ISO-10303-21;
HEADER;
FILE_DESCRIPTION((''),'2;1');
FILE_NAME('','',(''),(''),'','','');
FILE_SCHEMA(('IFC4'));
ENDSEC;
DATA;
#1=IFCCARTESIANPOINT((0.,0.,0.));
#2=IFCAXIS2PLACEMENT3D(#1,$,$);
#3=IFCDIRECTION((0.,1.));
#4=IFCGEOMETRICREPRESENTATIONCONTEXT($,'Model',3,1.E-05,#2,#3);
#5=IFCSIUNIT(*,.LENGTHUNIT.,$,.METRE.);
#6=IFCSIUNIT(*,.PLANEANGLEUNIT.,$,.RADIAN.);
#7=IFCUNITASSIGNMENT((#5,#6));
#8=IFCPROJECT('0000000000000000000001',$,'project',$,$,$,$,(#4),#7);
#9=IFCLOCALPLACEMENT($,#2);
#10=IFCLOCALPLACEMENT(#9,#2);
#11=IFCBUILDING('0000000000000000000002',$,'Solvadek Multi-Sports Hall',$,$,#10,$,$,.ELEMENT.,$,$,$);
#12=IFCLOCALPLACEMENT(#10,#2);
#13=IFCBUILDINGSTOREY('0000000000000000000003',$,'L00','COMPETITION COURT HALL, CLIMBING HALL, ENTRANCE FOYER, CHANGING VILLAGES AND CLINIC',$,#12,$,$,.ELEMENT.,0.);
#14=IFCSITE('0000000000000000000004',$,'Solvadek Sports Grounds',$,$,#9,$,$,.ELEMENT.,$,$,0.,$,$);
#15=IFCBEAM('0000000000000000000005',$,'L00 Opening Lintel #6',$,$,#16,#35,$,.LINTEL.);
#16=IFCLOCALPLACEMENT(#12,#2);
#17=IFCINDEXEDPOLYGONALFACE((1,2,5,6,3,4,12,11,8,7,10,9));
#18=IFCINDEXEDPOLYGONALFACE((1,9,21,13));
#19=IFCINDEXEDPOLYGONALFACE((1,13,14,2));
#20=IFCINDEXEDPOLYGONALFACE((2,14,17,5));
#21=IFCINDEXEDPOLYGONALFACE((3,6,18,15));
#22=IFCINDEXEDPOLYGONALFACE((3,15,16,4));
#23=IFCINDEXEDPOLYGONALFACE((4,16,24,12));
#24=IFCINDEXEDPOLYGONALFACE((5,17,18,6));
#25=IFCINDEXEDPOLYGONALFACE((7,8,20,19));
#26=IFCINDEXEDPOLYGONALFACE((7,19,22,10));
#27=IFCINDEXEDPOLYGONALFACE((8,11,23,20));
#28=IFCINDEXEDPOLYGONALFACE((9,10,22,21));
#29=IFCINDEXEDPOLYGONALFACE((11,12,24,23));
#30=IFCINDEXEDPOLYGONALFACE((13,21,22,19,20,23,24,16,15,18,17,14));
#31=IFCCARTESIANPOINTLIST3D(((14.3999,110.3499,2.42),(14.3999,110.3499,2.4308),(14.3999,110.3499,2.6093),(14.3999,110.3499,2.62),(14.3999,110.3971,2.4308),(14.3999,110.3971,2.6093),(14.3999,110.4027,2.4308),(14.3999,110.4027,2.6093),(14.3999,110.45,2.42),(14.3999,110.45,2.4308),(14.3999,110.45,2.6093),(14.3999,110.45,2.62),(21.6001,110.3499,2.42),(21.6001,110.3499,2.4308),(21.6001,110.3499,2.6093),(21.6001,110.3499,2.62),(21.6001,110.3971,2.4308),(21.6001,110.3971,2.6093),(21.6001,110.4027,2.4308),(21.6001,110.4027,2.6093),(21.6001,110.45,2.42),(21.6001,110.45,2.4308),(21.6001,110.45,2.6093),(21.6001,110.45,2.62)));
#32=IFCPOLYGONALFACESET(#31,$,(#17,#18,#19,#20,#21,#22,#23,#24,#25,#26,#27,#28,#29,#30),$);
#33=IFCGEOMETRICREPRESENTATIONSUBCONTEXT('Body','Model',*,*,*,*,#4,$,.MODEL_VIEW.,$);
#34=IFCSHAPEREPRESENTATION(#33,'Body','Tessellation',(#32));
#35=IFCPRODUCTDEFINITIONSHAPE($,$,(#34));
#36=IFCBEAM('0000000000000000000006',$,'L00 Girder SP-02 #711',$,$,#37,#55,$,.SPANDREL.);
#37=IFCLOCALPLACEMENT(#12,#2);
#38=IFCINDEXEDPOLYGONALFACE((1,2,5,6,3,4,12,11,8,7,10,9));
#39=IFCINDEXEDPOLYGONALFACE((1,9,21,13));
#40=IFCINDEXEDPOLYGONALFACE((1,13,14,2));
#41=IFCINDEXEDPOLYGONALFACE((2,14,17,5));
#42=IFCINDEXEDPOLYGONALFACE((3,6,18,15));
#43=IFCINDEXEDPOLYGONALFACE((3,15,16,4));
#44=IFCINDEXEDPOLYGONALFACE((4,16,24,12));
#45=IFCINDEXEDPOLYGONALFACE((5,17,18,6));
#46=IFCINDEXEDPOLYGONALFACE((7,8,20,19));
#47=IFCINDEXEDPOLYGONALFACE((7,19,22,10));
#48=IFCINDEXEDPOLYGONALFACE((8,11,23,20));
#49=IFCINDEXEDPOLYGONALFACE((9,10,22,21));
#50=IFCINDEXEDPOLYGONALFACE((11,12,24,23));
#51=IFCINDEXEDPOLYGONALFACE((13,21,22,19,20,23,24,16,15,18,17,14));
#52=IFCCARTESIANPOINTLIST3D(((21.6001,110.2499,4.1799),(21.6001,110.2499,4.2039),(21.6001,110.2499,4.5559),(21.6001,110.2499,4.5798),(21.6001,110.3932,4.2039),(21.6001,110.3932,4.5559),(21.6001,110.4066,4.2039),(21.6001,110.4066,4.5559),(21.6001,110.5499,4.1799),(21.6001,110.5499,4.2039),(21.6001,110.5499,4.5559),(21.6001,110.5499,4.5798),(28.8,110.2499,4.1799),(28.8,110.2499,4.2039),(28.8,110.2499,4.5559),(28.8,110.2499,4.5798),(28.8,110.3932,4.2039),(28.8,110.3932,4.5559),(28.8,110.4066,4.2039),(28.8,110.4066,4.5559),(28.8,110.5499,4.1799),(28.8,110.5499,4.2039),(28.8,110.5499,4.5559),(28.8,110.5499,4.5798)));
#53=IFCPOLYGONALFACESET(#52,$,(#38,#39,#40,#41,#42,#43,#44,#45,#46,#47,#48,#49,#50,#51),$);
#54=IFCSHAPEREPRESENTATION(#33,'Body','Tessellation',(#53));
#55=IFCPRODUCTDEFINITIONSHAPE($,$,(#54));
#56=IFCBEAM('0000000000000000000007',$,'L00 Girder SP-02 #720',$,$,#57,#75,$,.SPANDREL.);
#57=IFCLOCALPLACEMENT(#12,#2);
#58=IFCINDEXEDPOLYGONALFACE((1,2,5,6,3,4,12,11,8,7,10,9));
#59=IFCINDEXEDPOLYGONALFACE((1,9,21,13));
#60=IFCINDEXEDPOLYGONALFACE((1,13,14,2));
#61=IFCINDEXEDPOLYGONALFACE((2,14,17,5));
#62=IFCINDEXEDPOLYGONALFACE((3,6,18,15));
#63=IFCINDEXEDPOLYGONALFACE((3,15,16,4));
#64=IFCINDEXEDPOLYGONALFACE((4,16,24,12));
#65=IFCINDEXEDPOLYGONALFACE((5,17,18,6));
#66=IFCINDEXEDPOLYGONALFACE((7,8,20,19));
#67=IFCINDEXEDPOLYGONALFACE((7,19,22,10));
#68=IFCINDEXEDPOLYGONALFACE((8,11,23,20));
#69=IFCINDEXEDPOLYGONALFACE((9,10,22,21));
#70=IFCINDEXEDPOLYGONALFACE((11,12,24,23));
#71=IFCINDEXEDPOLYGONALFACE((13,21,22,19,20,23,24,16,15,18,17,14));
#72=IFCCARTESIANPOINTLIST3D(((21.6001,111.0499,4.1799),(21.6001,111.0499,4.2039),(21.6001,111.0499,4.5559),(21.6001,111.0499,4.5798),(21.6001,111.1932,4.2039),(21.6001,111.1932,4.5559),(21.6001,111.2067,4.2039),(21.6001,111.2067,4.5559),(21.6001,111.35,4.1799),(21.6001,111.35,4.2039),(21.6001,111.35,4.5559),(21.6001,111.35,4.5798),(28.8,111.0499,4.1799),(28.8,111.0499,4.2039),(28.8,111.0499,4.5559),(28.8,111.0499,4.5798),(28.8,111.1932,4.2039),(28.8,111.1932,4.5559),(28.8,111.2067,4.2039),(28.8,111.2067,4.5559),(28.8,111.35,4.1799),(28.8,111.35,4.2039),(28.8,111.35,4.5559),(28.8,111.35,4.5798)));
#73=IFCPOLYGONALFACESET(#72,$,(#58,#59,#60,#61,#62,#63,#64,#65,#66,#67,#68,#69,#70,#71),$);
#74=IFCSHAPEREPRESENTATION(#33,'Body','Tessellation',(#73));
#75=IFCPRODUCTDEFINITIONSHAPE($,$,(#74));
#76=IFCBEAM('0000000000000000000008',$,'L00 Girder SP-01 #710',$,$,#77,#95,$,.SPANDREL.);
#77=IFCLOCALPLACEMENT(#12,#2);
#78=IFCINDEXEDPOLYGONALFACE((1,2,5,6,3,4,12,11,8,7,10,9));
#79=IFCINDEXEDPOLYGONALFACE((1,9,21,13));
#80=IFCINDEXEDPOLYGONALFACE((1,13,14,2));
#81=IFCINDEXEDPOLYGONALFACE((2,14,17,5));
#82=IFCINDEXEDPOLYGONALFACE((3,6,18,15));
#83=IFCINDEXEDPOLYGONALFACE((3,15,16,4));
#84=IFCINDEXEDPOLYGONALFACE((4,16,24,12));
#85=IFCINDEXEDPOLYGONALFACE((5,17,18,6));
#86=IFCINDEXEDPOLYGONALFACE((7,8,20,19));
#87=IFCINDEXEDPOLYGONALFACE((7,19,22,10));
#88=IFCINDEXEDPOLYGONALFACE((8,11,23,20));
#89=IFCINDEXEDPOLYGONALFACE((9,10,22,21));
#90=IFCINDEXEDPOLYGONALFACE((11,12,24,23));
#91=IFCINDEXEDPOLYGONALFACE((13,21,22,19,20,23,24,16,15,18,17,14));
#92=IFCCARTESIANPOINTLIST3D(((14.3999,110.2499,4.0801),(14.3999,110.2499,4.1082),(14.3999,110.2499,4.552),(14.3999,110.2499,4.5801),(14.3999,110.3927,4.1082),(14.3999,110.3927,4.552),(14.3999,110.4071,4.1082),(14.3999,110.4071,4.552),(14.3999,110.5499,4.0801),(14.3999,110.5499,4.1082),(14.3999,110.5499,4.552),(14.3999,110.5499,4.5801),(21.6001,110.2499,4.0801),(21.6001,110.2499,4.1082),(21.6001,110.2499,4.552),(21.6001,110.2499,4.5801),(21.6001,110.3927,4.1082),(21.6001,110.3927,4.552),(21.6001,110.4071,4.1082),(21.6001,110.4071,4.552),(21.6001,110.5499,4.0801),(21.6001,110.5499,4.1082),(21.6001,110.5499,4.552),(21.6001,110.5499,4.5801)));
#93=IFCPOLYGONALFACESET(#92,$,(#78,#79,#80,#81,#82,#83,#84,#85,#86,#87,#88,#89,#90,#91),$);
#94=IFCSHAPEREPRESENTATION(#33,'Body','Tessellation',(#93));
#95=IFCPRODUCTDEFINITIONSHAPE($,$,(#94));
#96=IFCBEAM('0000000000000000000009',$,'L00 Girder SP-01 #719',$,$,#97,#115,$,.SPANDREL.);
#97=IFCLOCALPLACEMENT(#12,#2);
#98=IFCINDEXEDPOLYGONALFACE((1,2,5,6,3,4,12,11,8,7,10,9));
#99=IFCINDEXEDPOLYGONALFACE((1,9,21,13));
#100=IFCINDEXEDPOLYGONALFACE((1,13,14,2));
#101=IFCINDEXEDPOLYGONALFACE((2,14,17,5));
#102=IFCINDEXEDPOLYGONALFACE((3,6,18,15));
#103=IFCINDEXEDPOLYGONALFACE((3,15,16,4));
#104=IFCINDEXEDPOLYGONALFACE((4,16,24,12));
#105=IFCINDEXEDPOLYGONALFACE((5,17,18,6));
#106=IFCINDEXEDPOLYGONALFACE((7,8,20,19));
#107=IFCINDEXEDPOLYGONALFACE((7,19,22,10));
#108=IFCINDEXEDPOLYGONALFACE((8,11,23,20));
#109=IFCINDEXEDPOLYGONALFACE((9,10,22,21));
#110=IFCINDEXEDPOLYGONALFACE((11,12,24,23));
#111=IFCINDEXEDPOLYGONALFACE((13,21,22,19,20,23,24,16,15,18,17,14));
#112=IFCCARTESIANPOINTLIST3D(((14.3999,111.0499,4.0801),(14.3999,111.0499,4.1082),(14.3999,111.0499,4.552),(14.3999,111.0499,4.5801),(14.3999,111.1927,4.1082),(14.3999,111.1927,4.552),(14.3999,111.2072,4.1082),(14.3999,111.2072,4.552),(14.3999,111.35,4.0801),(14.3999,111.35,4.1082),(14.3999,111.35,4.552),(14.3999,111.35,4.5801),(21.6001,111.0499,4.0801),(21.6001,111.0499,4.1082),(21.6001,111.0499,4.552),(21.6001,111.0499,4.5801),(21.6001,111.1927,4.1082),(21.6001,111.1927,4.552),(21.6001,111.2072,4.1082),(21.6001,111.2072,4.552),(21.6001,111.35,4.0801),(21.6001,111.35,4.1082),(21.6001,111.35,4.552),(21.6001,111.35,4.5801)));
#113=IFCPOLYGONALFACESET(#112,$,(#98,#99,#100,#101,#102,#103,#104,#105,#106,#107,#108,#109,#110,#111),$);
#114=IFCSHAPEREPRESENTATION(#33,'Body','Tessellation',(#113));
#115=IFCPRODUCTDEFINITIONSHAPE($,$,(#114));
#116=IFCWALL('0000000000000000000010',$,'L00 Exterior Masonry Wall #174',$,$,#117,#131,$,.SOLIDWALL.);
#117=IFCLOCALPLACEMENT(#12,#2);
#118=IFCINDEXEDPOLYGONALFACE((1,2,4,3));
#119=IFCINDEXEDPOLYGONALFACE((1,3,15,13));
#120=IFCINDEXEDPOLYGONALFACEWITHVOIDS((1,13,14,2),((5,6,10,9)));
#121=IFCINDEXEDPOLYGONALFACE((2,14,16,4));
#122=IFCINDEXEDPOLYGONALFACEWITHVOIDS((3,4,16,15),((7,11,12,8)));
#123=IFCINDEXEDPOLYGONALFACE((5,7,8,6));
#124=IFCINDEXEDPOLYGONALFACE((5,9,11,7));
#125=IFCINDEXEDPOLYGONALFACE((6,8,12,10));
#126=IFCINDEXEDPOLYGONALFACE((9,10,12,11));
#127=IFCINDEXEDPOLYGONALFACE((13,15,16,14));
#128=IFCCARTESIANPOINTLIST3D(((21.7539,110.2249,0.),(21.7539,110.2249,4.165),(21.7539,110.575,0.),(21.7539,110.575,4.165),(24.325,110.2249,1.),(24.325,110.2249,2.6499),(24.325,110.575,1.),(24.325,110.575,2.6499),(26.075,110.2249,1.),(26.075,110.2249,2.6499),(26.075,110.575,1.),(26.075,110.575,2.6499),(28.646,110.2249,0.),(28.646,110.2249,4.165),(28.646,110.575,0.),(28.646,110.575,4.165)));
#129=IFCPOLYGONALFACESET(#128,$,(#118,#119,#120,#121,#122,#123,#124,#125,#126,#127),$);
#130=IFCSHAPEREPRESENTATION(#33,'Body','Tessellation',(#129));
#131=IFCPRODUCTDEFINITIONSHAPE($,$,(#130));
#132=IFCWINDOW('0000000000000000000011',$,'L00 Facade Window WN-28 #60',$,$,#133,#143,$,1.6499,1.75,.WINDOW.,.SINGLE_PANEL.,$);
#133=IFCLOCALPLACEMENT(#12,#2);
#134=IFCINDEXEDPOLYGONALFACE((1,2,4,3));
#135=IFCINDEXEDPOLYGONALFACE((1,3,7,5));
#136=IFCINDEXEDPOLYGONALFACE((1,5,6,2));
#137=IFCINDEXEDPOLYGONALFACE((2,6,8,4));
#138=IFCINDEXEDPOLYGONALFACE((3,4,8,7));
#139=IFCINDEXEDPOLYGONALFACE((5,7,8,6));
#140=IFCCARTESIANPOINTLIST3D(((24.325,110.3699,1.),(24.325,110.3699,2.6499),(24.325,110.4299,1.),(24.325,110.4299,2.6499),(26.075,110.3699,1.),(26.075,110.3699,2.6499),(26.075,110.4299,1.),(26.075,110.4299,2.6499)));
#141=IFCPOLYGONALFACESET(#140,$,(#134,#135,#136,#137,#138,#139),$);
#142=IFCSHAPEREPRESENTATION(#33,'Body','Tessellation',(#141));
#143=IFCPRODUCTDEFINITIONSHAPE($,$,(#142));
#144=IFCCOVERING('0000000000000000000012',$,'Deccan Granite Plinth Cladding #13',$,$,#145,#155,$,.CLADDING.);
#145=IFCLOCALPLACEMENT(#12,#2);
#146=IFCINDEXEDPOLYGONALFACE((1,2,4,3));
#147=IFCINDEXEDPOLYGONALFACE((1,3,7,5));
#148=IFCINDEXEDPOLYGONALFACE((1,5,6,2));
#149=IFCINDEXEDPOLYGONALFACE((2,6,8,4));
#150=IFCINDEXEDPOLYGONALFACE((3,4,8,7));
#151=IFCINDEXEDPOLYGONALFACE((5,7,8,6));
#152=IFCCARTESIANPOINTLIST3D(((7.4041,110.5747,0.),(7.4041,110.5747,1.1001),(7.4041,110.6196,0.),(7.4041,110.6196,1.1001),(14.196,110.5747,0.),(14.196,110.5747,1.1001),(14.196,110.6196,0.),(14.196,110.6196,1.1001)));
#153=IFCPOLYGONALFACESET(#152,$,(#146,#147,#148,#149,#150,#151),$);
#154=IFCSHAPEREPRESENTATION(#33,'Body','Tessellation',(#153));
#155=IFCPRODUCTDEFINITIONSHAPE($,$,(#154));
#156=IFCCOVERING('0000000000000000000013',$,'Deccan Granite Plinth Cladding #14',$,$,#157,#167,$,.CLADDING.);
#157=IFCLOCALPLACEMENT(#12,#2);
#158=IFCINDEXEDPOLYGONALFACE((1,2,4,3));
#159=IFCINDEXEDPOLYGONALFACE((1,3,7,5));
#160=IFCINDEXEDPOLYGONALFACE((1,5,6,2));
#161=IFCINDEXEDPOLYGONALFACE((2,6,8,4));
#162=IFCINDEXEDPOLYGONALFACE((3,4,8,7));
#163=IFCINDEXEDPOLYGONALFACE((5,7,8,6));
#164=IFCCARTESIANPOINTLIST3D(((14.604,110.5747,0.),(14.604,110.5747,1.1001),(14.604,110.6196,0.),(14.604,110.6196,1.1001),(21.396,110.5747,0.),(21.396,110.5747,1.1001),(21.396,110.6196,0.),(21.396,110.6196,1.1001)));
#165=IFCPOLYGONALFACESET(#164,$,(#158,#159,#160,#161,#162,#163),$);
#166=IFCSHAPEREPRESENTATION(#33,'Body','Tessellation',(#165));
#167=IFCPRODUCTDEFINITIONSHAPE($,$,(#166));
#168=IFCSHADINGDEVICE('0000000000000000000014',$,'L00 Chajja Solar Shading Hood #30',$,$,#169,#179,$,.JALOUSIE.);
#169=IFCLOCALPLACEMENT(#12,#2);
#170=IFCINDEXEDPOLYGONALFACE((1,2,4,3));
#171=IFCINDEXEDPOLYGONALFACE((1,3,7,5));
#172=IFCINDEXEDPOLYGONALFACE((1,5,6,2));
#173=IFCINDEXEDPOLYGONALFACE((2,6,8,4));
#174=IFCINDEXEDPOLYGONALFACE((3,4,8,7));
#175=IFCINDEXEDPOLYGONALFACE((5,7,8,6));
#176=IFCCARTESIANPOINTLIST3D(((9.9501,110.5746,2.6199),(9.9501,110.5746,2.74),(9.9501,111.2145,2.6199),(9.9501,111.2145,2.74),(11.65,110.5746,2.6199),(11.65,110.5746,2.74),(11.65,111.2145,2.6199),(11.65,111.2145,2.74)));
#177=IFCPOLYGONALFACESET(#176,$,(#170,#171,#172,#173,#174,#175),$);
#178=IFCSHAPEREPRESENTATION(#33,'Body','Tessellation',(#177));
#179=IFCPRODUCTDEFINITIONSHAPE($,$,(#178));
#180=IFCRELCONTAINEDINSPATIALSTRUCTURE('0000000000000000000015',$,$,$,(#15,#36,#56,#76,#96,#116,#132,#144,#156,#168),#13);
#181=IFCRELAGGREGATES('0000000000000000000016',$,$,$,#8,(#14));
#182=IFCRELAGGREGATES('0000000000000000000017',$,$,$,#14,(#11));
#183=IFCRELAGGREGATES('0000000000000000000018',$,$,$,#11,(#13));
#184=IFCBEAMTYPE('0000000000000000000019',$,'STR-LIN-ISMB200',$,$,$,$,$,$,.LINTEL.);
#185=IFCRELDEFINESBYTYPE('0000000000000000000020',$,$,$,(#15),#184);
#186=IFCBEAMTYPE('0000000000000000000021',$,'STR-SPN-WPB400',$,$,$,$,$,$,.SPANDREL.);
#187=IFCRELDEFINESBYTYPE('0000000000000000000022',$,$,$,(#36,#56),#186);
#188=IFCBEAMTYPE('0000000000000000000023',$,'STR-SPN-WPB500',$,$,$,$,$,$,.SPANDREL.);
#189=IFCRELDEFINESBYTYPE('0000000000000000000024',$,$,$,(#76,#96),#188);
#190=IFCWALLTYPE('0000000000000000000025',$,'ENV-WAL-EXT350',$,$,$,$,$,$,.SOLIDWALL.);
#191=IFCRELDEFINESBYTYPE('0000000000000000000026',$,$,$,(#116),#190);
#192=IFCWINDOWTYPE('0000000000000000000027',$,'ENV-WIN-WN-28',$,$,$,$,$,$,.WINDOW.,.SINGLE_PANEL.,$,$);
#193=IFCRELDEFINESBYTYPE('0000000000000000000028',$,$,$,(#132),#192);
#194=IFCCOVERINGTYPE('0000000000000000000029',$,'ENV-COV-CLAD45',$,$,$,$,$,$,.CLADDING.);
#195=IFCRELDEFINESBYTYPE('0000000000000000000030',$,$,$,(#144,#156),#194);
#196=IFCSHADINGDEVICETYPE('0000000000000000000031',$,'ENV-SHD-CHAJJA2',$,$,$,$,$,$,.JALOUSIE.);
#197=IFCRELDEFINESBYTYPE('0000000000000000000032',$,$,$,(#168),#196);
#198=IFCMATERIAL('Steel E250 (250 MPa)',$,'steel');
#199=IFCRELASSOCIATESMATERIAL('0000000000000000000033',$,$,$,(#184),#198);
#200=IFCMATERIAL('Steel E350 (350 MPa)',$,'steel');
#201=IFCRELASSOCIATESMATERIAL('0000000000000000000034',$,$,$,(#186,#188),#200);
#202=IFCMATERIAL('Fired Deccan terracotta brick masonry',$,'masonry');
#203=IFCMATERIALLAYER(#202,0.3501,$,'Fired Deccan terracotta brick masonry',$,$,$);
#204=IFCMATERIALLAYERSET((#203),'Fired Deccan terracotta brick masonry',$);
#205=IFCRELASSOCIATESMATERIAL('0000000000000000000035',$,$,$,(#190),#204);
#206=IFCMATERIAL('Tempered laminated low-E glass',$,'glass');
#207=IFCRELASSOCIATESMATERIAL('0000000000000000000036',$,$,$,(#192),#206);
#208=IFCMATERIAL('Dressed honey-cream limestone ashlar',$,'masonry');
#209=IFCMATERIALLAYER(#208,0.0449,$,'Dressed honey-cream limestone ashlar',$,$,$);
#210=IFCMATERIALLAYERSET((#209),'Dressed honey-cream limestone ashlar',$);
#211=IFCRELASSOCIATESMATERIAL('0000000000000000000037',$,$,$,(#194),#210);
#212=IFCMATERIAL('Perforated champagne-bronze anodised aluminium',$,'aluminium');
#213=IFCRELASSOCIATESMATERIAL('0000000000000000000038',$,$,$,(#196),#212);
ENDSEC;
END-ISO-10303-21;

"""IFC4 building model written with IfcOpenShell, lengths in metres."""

from ifc_helpers import new_model, si_unit, direction, frame, frame_2d, origin, origin_2d, place, context, subcontext, project, spatial, rectangle, i_section, extrude, material, layer, layer_set, material_profile, profile_set, type_object, element, fill, save


model = new_model("IFC4")

# Units and contexts
model_context = context("Model", 3, precision=1e-05, world=origin(), true_north=direction((0.0, 1.0)))
body_context = subcontext(model_context, "Body", "Model", "MODEL_VIEW")
ifc_project = project(units=[si_unit("LENGTHUNIT", "METRE"), si_unit("PLANEANGLEUNIT", "RADIAN")], contexts=[model_context])

# Site, building, storey
site_placement = place(None, origin())
site = spatial("IfcSite", under=ifc_project, at=site_placement, Name="Solvadek Sports Grounds", CompositionType="ELEMENT", RefElevation=0.0)
building_placement = place(site_placement, origin())
building = spatial("IfcBuilding", under=site, at=building_placement, Name="Solvadek Multi-Sports Hall", CompositionType="ELEMENT")
storey_placement = place(building_placement, origin())
storey = spatial("IfcBuildingStorey", under=building, at=storey_placement, Name="L00", Description="COMPETITION COURT HALL, CLIMBING HALL, ENTRANCE FOYER, CHANGING VILLAGES AND CLINIC", CompositionType="ELEMENT", Elevation=0.0)

# Shared definitions
ifc_material_1 = material(Name="Steel E350 (350 MPa)", Category="steel")

# Beams
ifc_material_2 = material(Name="Steel E250 (250 MPa)", Category="steel")
ifc_material_profile_1 = material_profile(ifc_material_2, i_section(OverallWidth=0.1001, OverallDepth=0.2, WebThickness=0.0056, FlangeThickness=0.0107, at=origin_2d()), Name="ISMB 200")
ifc_profile_set_1 = profile_set([ifc_material_profile_1], Name="Steel E250 (250 MPa)")
beam_type_1 = type_object("IfcBeamType", Name="STR-LIN-ISMB200", PredefinedType="LINTEL", material=ifc_profile_set_1)
beam_1_placement = place(storey_placement, frame((14.3999, 110.3999, 2.52), z_axis=(1.0, 0.0, 0.0), x_axis=(0.0, 1.0, 0.0)))
element("IfcBeam", 1, at=beam_1_placement, inside=storey, type_object=beam_type_1, Name="L00 Opening Lintel #6", PredefinedType="LINTEL", context=body_context, shape_type="SweptSolid", body=[
    extrude(i_section(OverallWidth=0.1001, OverallDepth=0.2, WebThickness=0.0056, FlangeThickness=0.0107, at=origin_2d()), origin(), (0.0, 0.0, 1.0), 7.2002),
])
ifc_material_profile_2 = material_profile(ifc_material_1, i_section(OverallWidth=0.3, OverallDepth=0.3999, WebThickness=0.0134, FlangeThickness=0.0239, at=origin_2d()), Name="WPB 400")
ifc_profile_set_2 = profile_set([ifc_material_profile_2], Name="Steel E350 (350 MPa)")
beam_type_2 = type_object("IfcBeamType", Name="STR-SPN-WPB400", PredefinedType="SPANDREL", material=ifc_profile_set_2)
for number, where, z_axis, x_axis, name in (
    (2, (21.6001, 110.3999, 4.3799), (1.0, 0.0, 0.0), (0.0, 1.0, 0.0), "L00 Girder SP-02 #711"),
    (3, (21.6001, 111.2, 4.3799), (1.0, 0.0, 0.0), (0.0, 1.0, 0.0), "L00 Girder SP-02 #720"),
):
    element("IfcBeam", number, at=place(storey_placement, frame(where, z_axis=z_axis, x_axis=x_axis)), inside=storey, type_object=beam_type_2, Name=name, PredefinedType="SPANDREL", context=body_context, shape_type="SweptSolid", body=[
        extrude(i_section(OverallWidth=0.3, OverallDepth=0.3999, WebThickness=0.0134, FlangeThickness=0.0239, at=origin_2d()), origin(), (0.0, 0.0, 1.0), 7.2),
    ])
ifc_material_profile_3 = material_profile(ifc_material_1, i_section(OverallWidth=0.3, OverallDepth=0.5, WebThickness=0.0144, FlangeThickness=0.0281, at=origin_2d()), Name="WPB 500")
ifc_profile_set_3 = profile_set([ifc_material_profile_3], Name="Steel E350 (350 MPa)")
beam_type_3 = type_object("IfcBeamType", Name="STR-SPN-WPB500", PredefinedType="SPANDREL", material=ifc_profile_set_3)
for number, where, z_axis, x_axis, name in (
    (4, (14.3999, 110.3999, 4.3301), (1.0, 0.0, 0.0), (0.0, 1.0, 0.0), "L00 Girder SP-01 #710"),
    (5, (14.3999, 111.2, 4.3301), (1.0, 0.0, 0.0), (0.0, 1.0, 0.0), "L00 Girder SP-01 #719"),
):
    element("IfcBeam", number, at=place(storey_placement, frame(where, z_axis=z_axis, x_axis=x_axis)), inside=storey, type_object=beam_type_3, Name=name, PredefinedType="SPANDREL", context=body_context, shape_type="SweptSolid", body=[
        extrude(i_section(OverallWidth=0.3, OverallDepth=0.5, WebThickness=0.0144, FlangeThickness=0.0281, at=origin_2d()), origin(), (0.0, 0.0, 1.0), 7.2002),
    ])

# Shared definitions
ifc_material_3 = material(Name="Fired Deccan terracotta brick masonry", Category="masonry")
ifc_layer_1 = layer(ifc_material_3, 0.3501, Name="Fired Deccan terracotta brick masonry")
ifc_layer_set_1 = layer_set([ifc_layer_1], Name="Fired Deccan terracotta brick masonry")
wall_type = type_object("IfcWallType", Name="ENV-WAL-EXT350", PredefinedType="SOLIDWALL", material=ifc_layer_set_1)

# Wall, opening, window
wall_1_placement = place(storey_placement, frame((21.7539, 110.3999, 0.0), z_axis=(0.0, 0.0, 1.0), x_axis=(1.0, 0.0, 0.0)))
wall_1 = element("IfcWall", 6, at=wall_1_placement, inside=storey, type_object=wall_type, Name="L00 Exterior Masonry Wall #174", PredefinedType="SOLIDWALL", context=body_context, shape_type="SweptSolid", body=[
    extrude(rectangle(XDim=6.8921, YDim=0.3501, at=frame_2d((3.446, 0.0))), origin(), (0.0, 0.0, 1.0), 4.165),
])
opening_1_placement = place(wall_1_placement, frame((2.571, 0.0, 1.0)))
opening_1 = element("IfcOpeningElement", 7, at=opening_1_placement, cuts=wall_1, PredefinedType="OPENING", context=body_context, shape_type="SweptSolid", body=[
    extrude(rectangle(XDim=1.75, YDim=1.6499, at=frame_2d((0.875, 0.825))), frame((0.0, 0.1851, 0.0), z_axis=(0.0, -1.0, 0.0), x_axis=(1.0, 0.0, 0.0)), (0.0, 0.0, 1.0), 0.3701),
])
ifc_material_4 = material(Name="Tempered laminated low-E glass", Category="glass")
window_type = type_object("IfcWindowType", Name="ENV-WIN-WN-28", PartitioningType="SINGLE_PANEL", PredefinedType="WINDOW", material=ifc_material_4)
window_placement = place(opening_1_placement, origin())
window = element("IfcWindow", 8, at=window_placement, inside=storey, type_object=window_type, Name="L00 Facade Window WN-28 #60", OverallHeight=1.6499, OverallWidth=1.75, PartitioningType="SINGLE_PANEL", PredefinedType="WINDOW", context=body_context, shape_type="SweptSolid", body=[
    extrude(rectangle(XDim=1.75, YDim=1.6499, at=frame_2d((0.875, 0.825))), frame((0.0, 0.03, 0.0), z_axis=(0.0, -1.0, 0.0), x_axis=(1.0, 0.0, 0.0)), (0.0, 0.0, 1.0), 0.0601),
])
fill(opening_1, window)

# Coverings
ifc_material_5 = material(Name="Dressed honey-cream limestone ashlar", Category="masonry")
ifc_layer_2 = layer(ifc_material_5, 0.0449, Name="Dressed honey-cream limestone ashlar")
ifc_layer_set_2 = layer_set([ifc_layer_2], Name="Dressed honey-cream limestone ashlar")
covering_type = type_object("IfcCoveringType", Name="ENV-COV-CLAD45", PredefinedType="CLADDING", material=ifc_layer_set_2)
for number, where, z_axis, x_axis, name in (
    (9, (10.8, 110.5972, 0.0), (0.0, 0.0, 1.0), (1.0, 0.0, 0.0), "Deccan Granite Plinth Cladding #13"),
    (10, (18.0, 110.5972, 0.0), (0.0, 0.0, 1.0), (1.0, 0.0, 0.0), "Deccan Granite Plinth Cladding #14"),
):
    element("IfcCovering", number, at=place(storey_placement, frame(where, z_axis=z_axis, x_axis=x_axis)), inside=storey, type_object=covering_type, Name=name, PredefinedType="CLADDING", context=body_context, shape_type="SweptSolid", body=[
        extrude(rectangle(XDim=6.792, YDim=0.0449, at=origin_2d()), origin(), (0.0, 0.0, 1.0), 1.1001),
    ])

# Shading device
ifc_material_6 = material(Name="Perforated champagne-bronze anodised aluminium", Category="aluminium")
shading_device_type = type_object("IfcShadingDeviceType", Name="ENV-SHD-CHAJJA2", PredefinedType="JALOUSIE", material=ifc_material_6)
shading_device_placement = place(storey_placement, frame((10.8, 110.8945, 2.6199), z_axis=(0.0, 0.0, 1.0), x_axis=(1.0, 0.0, 0.0)))
element("IfcShadingDevice", 11, at=shading_device_placement, inside=storey, type_object=shading_device_type, Name="L00 Chajja Solar Shading Hood #30", PredefinedType="JALOUSIE", context=body_context, shape_type="SweptSolid", body=[
    extrude(rectangle(XDim=1.7, YDim=0.6399, at=origin_2d()), origin(), (0.0, 0.0, 1.0), 0.1201),
])

save(model, "model.ifc")
